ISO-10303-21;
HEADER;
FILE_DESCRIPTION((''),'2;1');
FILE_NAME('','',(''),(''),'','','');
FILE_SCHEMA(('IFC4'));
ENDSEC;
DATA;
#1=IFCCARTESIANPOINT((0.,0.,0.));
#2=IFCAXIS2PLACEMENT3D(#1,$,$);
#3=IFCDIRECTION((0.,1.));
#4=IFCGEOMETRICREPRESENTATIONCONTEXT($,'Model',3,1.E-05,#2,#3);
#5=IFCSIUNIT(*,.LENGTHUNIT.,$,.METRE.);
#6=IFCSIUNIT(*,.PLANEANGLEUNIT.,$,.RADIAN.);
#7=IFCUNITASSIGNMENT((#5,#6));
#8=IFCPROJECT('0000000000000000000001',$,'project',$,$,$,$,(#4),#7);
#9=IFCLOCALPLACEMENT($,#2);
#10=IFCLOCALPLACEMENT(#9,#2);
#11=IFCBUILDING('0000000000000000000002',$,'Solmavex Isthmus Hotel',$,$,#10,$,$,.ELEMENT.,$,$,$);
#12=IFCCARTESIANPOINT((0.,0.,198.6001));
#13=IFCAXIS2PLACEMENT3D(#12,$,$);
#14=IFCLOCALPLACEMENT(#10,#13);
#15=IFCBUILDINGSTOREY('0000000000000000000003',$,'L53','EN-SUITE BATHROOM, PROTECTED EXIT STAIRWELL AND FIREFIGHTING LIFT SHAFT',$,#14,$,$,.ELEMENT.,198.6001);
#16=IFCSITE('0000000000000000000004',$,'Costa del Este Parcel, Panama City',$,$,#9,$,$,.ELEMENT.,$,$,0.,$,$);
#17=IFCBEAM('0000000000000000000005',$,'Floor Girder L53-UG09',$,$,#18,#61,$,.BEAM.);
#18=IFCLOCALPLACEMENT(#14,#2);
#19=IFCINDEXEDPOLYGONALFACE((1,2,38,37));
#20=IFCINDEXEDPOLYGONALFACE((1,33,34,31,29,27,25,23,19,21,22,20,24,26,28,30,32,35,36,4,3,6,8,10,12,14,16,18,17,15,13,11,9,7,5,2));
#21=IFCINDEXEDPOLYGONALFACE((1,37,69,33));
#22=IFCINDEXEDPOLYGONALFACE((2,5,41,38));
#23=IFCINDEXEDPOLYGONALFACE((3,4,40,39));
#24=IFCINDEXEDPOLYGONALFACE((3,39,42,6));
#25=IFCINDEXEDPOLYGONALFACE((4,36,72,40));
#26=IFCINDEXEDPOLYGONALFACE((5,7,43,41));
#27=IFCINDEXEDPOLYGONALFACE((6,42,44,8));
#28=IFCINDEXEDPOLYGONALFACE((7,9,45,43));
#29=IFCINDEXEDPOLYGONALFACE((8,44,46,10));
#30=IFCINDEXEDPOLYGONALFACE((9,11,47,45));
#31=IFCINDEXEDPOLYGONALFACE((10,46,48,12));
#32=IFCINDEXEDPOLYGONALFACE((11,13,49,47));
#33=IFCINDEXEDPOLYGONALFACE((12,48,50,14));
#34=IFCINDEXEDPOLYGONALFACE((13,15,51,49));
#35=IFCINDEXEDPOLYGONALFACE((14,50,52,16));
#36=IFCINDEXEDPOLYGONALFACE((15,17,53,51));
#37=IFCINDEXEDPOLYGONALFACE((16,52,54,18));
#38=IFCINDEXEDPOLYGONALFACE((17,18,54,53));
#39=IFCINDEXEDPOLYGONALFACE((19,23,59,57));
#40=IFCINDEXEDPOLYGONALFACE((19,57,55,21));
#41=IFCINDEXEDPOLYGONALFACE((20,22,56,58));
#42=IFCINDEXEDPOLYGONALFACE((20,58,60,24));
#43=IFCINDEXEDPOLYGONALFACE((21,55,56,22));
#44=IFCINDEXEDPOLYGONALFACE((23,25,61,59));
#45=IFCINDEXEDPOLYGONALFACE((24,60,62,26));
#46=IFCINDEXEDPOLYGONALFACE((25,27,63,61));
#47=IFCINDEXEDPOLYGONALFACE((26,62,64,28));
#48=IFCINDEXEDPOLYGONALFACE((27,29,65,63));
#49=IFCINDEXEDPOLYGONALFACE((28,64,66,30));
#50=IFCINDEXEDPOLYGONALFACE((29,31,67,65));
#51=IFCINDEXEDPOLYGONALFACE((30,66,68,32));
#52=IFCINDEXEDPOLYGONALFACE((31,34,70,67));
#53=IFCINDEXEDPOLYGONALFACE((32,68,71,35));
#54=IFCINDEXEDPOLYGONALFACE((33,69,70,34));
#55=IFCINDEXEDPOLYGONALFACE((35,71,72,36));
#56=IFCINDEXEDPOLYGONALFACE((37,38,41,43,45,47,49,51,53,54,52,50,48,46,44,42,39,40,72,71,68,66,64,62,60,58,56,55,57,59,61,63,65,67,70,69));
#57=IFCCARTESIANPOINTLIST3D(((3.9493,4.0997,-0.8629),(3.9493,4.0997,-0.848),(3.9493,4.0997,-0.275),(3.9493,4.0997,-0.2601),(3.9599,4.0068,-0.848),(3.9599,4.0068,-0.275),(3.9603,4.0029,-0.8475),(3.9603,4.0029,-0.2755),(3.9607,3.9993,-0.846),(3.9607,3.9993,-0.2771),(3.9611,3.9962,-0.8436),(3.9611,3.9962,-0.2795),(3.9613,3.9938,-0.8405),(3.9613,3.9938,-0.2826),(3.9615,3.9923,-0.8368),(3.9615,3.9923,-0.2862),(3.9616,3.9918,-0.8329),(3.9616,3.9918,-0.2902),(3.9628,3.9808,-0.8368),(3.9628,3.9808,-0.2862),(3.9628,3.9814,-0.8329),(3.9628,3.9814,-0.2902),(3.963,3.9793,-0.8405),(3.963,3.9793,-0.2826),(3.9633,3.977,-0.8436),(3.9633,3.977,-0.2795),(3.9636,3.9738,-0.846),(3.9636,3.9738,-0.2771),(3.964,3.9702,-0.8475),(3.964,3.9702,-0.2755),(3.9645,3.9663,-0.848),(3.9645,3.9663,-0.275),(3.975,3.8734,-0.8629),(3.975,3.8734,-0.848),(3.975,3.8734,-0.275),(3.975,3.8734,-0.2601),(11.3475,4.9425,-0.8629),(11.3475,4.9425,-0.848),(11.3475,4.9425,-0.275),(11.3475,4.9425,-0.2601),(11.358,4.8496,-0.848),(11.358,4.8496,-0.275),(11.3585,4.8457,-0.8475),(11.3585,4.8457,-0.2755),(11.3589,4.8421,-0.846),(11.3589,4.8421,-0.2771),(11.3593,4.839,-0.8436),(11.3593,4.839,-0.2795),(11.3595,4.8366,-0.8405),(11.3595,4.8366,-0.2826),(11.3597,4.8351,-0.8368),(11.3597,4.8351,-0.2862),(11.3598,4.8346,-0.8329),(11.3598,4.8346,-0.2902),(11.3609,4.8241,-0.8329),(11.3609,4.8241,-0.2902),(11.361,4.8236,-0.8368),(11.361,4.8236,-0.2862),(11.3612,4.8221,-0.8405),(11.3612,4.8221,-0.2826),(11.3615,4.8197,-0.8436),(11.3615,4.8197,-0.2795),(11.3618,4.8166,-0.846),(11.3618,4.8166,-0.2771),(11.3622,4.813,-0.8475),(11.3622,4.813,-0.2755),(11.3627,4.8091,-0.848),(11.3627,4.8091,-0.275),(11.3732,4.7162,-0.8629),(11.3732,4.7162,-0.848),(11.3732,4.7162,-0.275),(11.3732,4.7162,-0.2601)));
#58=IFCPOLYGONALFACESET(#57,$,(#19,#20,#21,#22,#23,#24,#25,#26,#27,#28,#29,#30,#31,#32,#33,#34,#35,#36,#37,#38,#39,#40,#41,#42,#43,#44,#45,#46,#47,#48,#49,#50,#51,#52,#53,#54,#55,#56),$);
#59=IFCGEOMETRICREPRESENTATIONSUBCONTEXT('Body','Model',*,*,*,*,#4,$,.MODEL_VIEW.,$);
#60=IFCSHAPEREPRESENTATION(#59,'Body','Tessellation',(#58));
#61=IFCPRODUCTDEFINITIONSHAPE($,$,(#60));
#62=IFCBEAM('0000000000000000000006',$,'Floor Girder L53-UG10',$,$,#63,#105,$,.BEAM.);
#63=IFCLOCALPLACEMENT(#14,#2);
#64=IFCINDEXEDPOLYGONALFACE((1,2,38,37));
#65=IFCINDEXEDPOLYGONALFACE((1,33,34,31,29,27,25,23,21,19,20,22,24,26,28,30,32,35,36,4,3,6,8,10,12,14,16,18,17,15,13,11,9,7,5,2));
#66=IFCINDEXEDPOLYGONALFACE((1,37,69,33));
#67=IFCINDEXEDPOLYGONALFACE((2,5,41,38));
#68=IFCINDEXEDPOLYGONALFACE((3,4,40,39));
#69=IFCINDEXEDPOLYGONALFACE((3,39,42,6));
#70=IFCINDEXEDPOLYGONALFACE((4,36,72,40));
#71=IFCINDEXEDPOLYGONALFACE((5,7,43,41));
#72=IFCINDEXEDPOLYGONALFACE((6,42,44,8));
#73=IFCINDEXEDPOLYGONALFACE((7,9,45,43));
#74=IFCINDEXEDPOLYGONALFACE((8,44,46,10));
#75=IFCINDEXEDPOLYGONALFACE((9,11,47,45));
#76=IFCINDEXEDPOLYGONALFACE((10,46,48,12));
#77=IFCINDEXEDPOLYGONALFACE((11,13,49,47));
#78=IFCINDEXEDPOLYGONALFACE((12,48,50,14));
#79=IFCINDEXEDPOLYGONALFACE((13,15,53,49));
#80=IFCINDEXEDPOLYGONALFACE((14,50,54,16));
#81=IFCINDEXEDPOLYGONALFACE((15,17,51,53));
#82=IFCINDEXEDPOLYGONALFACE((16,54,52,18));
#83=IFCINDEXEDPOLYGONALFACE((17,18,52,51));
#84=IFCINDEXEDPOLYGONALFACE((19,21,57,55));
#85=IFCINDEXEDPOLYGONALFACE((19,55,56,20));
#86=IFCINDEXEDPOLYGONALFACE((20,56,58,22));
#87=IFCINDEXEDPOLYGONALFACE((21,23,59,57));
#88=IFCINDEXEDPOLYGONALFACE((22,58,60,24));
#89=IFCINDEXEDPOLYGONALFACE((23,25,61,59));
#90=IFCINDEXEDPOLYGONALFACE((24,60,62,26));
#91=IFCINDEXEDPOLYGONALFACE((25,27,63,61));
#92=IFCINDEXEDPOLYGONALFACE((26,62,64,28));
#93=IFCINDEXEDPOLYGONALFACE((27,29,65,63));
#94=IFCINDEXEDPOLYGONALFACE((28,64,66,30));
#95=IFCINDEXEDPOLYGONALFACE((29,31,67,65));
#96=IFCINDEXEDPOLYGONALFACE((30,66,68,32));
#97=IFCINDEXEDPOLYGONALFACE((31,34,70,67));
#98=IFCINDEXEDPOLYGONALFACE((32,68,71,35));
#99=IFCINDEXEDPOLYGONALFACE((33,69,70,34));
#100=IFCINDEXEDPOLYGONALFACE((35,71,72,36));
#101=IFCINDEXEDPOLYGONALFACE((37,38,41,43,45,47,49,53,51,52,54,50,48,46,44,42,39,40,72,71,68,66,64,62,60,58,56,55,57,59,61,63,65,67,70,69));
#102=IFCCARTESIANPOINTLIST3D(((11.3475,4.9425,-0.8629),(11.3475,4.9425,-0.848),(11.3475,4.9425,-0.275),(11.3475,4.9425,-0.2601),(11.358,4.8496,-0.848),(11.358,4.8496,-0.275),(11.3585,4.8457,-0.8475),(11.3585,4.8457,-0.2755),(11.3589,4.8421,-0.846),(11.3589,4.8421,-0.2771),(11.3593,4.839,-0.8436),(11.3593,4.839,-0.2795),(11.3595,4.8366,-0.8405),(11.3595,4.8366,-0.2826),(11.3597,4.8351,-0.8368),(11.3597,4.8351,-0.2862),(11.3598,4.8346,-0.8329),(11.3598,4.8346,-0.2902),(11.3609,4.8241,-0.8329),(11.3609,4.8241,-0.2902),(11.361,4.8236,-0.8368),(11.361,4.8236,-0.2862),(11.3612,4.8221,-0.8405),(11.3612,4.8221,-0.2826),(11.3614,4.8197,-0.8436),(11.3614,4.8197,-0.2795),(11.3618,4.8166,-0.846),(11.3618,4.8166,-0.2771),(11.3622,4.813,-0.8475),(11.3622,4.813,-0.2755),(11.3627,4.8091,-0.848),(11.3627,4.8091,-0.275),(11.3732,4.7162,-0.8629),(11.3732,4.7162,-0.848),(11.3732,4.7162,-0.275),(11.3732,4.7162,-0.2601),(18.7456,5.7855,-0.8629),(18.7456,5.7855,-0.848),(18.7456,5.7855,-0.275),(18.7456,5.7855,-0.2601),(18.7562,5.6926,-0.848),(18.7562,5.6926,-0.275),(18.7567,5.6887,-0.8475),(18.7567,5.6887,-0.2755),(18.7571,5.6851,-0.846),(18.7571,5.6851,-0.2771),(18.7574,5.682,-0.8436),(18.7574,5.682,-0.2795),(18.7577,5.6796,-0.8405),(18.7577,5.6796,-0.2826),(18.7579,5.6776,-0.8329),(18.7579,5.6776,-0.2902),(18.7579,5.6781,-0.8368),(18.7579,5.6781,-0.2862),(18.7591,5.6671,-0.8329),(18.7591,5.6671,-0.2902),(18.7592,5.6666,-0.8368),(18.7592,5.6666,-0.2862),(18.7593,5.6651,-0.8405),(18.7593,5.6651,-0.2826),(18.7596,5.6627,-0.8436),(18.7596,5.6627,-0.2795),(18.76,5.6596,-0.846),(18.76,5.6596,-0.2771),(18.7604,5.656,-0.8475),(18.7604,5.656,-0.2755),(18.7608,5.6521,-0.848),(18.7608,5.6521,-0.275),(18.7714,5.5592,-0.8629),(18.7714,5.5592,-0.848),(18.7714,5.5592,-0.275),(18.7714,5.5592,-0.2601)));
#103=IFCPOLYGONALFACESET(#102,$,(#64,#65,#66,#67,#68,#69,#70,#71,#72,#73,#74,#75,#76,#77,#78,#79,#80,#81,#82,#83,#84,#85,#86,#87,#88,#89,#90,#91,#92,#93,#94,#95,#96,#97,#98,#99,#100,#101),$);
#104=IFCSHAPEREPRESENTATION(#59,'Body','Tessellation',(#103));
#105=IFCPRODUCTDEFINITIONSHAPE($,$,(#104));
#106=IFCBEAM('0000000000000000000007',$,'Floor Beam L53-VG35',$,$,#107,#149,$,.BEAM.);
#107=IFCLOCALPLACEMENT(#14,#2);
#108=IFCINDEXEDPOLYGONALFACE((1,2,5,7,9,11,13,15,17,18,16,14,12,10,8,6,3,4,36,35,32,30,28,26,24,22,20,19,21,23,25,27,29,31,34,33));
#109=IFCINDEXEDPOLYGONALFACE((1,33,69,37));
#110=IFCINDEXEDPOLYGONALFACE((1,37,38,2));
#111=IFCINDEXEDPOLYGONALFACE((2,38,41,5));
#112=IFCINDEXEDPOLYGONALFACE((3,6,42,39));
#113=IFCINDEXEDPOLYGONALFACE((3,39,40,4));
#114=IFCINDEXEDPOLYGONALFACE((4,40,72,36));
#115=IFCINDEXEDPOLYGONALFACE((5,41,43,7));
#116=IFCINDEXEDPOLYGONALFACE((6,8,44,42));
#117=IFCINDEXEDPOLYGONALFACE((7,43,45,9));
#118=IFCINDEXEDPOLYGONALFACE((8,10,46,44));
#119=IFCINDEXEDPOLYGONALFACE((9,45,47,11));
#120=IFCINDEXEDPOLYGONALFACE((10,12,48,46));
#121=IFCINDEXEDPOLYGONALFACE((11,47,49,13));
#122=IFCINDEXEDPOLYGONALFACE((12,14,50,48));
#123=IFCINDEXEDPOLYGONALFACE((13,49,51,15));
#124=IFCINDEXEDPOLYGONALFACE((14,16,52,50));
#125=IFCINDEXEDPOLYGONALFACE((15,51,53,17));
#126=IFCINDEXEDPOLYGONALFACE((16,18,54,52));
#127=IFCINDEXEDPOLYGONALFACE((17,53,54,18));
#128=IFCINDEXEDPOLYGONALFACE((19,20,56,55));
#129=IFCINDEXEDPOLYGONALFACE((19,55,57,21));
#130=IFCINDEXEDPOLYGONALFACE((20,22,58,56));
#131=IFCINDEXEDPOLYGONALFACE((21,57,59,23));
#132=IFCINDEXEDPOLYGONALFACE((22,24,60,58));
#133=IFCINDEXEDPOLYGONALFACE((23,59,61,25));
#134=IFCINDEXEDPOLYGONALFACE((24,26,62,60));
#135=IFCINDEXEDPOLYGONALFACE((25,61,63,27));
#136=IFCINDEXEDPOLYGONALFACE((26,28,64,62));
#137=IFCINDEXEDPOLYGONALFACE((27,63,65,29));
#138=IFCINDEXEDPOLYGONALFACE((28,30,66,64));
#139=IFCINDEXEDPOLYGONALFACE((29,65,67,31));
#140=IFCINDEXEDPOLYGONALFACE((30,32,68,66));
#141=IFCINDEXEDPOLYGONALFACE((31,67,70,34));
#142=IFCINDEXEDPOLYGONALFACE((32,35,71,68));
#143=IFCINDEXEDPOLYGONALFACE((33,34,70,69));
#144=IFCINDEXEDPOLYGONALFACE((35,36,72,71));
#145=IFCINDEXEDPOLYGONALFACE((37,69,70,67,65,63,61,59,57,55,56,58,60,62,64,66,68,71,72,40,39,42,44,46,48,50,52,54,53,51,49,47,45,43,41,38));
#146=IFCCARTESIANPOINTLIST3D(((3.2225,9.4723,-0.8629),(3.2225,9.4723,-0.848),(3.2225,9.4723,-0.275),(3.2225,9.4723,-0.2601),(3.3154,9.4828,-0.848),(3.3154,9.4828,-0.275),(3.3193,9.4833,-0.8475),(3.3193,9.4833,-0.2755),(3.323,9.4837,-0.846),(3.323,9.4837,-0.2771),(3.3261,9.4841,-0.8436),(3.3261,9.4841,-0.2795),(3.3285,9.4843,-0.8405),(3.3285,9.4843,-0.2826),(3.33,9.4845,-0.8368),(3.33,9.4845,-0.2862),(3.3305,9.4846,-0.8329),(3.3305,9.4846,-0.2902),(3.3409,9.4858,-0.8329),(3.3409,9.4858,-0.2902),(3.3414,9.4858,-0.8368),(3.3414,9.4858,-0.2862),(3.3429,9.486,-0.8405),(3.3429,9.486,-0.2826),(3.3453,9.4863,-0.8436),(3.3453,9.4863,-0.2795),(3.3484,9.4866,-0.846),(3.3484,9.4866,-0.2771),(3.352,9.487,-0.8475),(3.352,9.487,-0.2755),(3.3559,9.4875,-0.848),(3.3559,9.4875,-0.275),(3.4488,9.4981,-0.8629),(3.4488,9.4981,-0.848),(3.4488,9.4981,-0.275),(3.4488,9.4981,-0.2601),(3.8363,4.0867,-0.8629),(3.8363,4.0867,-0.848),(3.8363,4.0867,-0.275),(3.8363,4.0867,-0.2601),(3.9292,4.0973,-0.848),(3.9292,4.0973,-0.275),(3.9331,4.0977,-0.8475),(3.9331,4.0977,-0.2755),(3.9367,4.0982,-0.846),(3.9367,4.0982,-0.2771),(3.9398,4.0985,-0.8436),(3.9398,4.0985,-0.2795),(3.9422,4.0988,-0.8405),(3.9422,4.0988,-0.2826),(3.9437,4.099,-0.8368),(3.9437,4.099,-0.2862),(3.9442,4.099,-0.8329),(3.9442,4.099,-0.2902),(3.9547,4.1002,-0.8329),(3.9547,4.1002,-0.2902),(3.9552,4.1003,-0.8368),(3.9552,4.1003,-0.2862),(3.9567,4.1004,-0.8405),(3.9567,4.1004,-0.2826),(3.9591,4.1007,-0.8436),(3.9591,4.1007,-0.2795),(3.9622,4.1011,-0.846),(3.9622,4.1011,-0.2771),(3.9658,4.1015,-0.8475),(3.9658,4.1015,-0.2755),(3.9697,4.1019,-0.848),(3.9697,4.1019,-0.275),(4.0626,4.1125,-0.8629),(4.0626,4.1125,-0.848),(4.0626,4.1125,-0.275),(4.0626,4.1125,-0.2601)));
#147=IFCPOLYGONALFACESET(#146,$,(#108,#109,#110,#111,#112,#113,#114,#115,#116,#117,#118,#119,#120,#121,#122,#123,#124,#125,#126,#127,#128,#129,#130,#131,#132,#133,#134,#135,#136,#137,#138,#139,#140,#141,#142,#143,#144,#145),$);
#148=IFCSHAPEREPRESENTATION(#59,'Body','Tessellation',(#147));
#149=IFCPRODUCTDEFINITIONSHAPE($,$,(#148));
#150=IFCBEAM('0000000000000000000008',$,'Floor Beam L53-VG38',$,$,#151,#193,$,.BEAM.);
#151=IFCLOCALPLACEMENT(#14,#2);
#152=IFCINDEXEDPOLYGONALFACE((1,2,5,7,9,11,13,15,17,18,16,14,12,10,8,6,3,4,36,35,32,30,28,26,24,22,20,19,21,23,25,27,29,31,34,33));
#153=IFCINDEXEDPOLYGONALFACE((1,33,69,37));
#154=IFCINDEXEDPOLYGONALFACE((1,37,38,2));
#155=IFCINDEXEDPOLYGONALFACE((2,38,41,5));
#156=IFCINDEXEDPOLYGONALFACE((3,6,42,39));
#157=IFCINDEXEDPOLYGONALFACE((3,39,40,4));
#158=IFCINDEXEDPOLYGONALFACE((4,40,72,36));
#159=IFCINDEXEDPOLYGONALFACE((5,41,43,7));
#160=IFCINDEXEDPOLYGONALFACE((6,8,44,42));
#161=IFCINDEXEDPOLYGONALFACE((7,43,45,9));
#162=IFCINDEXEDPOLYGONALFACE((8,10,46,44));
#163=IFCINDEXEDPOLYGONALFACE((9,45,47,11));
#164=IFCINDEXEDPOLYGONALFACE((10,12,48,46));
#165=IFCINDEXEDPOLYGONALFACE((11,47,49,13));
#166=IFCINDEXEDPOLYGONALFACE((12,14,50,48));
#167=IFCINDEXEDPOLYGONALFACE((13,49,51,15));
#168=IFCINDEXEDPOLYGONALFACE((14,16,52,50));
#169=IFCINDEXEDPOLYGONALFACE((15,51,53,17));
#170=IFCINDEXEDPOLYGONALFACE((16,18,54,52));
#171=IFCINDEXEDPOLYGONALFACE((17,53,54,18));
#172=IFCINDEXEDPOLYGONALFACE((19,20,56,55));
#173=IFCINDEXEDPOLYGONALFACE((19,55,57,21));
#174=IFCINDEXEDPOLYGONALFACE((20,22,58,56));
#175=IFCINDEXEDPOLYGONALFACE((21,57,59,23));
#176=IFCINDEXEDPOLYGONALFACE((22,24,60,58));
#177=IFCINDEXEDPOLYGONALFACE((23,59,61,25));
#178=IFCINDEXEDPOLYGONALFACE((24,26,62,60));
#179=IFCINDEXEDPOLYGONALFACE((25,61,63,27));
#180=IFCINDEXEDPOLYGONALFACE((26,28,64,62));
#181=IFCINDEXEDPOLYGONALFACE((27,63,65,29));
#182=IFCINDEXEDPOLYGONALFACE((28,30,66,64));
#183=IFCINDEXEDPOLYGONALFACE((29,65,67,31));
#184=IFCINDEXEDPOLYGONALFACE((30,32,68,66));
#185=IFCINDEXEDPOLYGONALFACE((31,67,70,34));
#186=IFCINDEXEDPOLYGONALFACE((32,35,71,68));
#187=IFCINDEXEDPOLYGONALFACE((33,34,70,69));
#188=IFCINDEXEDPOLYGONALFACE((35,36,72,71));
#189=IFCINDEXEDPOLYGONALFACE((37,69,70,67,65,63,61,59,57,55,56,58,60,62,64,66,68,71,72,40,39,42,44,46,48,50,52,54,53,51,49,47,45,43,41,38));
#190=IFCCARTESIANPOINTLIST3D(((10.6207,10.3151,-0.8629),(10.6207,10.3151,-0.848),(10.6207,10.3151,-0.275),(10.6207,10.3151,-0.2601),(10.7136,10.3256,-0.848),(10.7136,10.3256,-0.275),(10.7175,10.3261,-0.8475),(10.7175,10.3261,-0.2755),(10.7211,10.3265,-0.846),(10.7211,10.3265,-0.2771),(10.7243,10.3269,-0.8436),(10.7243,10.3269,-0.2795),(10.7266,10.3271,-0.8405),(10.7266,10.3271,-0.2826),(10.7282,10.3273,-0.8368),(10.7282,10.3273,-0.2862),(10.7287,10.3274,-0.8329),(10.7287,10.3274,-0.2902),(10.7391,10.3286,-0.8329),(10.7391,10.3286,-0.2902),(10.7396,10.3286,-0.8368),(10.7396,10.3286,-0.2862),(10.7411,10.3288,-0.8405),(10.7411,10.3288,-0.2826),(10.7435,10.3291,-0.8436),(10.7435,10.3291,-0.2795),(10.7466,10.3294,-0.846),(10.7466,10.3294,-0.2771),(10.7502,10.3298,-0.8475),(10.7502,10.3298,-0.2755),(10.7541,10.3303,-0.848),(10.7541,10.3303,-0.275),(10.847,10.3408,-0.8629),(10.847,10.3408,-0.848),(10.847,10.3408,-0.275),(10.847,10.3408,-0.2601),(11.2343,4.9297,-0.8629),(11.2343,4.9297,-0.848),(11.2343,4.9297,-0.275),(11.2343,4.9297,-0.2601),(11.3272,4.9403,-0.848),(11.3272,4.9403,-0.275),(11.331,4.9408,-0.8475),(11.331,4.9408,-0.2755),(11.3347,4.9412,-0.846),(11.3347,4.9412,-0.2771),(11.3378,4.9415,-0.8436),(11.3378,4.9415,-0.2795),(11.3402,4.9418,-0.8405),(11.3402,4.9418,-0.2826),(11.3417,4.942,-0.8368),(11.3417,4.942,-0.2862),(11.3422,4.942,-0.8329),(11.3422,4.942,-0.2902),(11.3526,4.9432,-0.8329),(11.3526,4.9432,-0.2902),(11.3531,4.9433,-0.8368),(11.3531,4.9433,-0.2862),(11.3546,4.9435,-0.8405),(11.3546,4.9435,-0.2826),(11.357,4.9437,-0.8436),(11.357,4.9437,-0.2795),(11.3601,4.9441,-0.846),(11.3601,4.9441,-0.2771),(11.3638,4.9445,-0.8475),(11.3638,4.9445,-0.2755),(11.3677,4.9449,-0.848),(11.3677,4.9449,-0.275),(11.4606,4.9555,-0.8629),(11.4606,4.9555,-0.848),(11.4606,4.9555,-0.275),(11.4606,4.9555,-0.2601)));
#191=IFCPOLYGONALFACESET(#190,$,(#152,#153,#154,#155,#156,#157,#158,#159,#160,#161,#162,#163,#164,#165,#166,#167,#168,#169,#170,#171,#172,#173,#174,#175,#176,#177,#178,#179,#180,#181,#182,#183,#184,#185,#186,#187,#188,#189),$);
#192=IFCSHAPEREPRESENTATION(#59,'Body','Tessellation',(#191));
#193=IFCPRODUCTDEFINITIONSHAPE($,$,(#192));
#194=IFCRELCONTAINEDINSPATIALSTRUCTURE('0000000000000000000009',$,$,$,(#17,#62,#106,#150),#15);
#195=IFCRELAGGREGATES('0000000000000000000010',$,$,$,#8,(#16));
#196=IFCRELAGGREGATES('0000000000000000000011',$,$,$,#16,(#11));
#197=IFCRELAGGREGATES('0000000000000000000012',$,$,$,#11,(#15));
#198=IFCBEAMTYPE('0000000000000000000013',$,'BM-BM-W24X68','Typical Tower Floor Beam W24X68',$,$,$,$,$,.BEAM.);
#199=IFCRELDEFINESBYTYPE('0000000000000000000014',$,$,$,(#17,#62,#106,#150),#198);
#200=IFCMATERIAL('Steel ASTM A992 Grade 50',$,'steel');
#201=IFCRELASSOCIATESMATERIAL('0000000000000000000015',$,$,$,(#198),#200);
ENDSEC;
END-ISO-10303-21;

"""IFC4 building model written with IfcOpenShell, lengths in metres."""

from ifc_helpers import new_model, si_unit, direction, frame, origin, origin_2d, place, context, subcontext, project, spatial, i_section, extrude, material, material_profile, profile_set, type_object, element, save


model = new_model("IFC4")

# Units and contexts
model_context = context("Model", 3, precision=1e-05, world=origin(), true_north=direction((0.0, 1.0)))
body_context = subcontext(model_context, "Body", "Model", "MODEL_VIEW")
ifc_project = project(units=[si_unit("LENGTHUNIT", "METRE"), si_unit("PLANEANGLEUNIT", "RADIAN")], contexts=[model_context])

# Site, building, storey
site_placement = place(None, origin())
site = spatial("IfcSite", under=ifc_project, at=site_placement, Name="Costa del Este Parcel, Panama City", CompositionType="ELEMENT", RefElevation=0.0)
building_placement = place(site_placement, origin())
building = spatial("IfcBuilding", under=site, at=building_placement, Name="Solmavex Isthmus Hotel", CompositionType="ELEMENT")
storey_placement = place(building_placement, frame((0.0, 0.0, 198.6001)))
storey = spatial("IfcBuildingStorey", under=building, at=storey_placement, Name="L53", Description="EN-SUITE BATHROOM, PROTECTED EXIT STAIRWELL AND FIREFIGHTING LIFT SHAFT", CompositionType="ELEMENT", Elevation=198.6001)

# Beams
ifc_material_1 = material(Name="Steel ASTM A992 Grade 50", Category="steel")
ifc_material_profile_1 = material_profile(ifc_material_1, i_section(OverallWidth=0.2278, OverallDepth=0.6028, WebThickness=0.0105, FlangeThickness=0.0149, FilletRadius=0.0151, at=origin_2d()), Name="W24X68")
ifc_profile_set_1 = profile_set([ifc_material_profile_1], Name="Steel ASTM A992 Grade 50")
beam_type_1 = type_object("IfcBeamType", Name="BM-BM-W24X68", Description="Typical Tower Floor Beam W24X68", PredefinedType="BEAM", material=ifc_profile_set_1)
for number, where, z_axis, x_axis, name in (
    (1, (3.9622, 3.9866, -0.5615), (0.993574, 0.113184, 0.0), (-0.113184, 0.993574, 0.0), "Floor Girder L53-UG09"),
    (2, (11.3604, 4.8293, -0.5615), (0.99357, 0.113216, 0.0), (-0.113216, 0.99357, 0.0), "Floor Girder L53-UG10"),
):
    element("IfcBeam", number, at=place(storey_placement, frame(where, z_axis=z_axis, x_axis=x_axis)), inside=storey, type_object=beam_type_1, Name=name, PredefinedType="BEAM", context=body_context, shape_type="SweptSolid", body=[
        extrude(i_section(OverallWidth=0.2278, OverallDepth=0.6028, WebThickness=0.0105, FlangeThickness=0.0149, FilletRadius=0.0151, at=origin_2d()), origin(), (0.0, 0.0, 1.0), 7.446),
    ])
beam_1_placement = place(storey_placement, frame((3.9495, 4.0996, -0.5615), z_axis=(-0.113234, 0.993568, 0.0), x_axis=(-0.993568, -0.113234, 0.0)))
element("IfcBeam", 3, at=beam_1_placement, inside=storey, type_object=beam_type_1, Name="Floor Beam L53-VG35", PredefinedType="BEAM", context=body_context, shape_type="SweptSolid", body=[
    extrude(i_section(OverallWidth=0.2278, OverallDepth=0.6028, WebThickness=0.0105, FlangeThickness=0.0149, FilletRadius=0.0151, at=origin_2d()), origin(), (0.0, 0.0, 1.0), 5.4204),
])
beam_2_placement = place(storey_placement, frame((11.3474, 4.9426, -0.5615), z_axis=(-0.113195, 0.993573, 0.0), x_axis=(-0.993573, -0.113195, 0.0)))
element("IfcBeam", 4, at=beam_2_placement, inside=storey, type_object=beam_type_1, Name="Floor Beam L53-VG38", PredefinedType="BEAM", context=body_context, shape_type="SweptSolid", body=[
    extrude(i_section(OverallWidth=0.2278, OverallDepth=0.6028, WebThickness=0.0105, FlangeThickness=0.0149, FilletRadius=0.0151, at=origin_2d()), origin(), (0.0, 0.0, 1.0), 5.4202),
])

save(model, "model.ifc")
